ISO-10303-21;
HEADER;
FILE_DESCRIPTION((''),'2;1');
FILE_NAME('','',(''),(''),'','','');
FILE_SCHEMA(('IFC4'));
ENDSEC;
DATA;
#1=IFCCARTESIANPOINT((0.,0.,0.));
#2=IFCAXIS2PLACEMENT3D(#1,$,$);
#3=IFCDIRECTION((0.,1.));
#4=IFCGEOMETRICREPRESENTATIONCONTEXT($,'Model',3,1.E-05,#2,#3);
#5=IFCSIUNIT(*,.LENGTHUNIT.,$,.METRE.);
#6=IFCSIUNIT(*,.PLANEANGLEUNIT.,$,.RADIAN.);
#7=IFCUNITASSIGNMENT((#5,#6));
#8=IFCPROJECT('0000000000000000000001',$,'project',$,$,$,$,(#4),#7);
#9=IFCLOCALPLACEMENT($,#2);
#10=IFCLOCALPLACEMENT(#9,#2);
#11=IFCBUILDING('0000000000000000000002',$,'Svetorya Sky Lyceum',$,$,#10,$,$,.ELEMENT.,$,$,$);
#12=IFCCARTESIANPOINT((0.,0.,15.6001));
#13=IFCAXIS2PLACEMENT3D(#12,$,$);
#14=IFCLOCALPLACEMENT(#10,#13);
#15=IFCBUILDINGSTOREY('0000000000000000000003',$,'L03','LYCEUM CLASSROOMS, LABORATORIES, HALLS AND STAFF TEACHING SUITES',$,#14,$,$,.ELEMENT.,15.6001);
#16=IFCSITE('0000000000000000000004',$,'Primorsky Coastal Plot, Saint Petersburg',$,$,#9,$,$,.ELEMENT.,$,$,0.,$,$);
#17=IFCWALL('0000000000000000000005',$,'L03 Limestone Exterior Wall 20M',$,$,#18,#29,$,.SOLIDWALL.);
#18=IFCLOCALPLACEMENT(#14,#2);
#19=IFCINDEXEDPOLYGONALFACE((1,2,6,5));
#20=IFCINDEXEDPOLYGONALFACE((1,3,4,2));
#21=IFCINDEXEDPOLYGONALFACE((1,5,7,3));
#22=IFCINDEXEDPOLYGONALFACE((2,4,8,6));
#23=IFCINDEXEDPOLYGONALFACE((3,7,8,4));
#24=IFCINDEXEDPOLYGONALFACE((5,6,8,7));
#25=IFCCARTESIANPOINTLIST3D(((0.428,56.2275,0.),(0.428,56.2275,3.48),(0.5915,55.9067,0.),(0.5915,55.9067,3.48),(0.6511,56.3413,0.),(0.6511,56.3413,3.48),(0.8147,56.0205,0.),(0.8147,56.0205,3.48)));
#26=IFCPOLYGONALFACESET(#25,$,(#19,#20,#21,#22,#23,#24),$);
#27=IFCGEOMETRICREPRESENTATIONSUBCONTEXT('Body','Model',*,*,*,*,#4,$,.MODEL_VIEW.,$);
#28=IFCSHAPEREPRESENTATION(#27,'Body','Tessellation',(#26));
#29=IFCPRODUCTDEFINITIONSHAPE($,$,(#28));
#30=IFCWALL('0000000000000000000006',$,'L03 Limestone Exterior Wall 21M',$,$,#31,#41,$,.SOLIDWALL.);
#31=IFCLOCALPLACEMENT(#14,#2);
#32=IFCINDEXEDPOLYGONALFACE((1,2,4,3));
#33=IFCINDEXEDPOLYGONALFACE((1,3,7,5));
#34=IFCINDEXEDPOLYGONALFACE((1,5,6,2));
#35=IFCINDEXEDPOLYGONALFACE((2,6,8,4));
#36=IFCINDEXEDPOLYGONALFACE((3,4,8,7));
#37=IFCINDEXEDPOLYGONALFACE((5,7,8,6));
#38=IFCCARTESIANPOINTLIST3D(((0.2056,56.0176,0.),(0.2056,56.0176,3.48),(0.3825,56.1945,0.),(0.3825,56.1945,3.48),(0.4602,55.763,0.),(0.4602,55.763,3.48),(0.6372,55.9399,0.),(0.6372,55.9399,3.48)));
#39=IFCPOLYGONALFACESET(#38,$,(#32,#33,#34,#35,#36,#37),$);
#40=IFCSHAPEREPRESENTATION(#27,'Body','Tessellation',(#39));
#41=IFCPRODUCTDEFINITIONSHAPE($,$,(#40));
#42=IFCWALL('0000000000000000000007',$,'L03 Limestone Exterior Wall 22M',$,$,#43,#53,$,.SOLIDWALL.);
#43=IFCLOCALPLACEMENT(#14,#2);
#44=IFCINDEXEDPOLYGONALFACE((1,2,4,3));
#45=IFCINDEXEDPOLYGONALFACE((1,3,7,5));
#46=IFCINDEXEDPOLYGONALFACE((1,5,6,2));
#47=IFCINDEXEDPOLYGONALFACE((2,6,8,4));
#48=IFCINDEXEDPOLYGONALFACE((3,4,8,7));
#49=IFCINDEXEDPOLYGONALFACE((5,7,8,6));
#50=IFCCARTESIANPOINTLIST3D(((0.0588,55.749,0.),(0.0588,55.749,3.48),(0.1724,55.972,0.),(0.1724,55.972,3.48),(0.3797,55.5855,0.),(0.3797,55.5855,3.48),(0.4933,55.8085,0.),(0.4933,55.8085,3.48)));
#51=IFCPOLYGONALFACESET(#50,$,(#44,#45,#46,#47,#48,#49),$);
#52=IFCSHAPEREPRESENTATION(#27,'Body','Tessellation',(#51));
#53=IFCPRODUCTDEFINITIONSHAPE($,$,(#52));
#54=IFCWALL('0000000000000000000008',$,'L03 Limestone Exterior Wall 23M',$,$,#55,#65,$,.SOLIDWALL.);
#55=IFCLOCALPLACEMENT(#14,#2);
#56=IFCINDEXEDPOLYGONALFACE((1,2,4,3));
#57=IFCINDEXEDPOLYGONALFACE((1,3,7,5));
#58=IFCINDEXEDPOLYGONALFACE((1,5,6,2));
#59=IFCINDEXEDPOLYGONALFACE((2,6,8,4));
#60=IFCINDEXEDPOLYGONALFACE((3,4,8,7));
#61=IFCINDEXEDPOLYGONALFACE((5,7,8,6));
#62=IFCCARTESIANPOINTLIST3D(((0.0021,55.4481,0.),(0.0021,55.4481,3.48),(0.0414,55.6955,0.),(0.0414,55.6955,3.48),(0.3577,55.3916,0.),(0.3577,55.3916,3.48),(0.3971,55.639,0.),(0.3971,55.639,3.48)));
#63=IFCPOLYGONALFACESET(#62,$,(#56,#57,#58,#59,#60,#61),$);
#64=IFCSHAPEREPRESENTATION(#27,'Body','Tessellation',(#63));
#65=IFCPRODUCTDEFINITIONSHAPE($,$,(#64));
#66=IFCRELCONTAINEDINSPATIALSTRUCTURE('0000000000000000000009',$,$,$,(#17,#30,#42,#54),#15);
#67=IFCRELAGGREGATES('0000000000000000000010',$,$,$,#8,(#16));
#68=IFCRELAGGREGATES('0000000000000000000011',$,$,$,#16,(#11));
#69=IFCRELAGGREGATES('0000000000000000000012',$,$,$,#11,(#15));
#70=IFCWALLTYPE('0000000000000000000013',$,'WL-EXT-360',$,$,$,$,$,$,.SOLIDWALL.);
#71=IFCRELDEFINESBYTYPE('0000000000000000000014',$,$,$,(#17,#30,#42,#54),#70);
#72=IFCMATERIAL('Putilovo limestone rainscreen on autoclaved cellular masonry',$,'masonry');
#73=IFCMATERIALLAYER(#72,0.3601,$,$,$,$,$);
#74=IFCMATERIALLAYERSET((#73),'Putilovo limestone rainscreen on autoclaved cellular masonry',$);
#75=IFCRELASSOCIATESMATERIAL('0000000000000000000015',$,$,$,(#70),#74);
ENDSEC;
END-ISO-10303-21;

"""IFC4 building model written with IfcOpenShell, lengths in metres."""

from ifc_helpers import new_model, si_unit, direction, frame, frame_2d, origin, place, context, subcontext, project, spatial, rectangle, extrude, material, layer, layer_set, type_object, element, save


model = new_model("IFC4")

# Units and contexts
model_context = context("Model", 3, precision=1e-05, world=origin(), true_north=direction((0.0, 1.0)))
body_context = subcontext(model_context, "Body", "Model", "MODEL_VIEW")
ifc_project = project(units=[si_unit("LENGTHUNIT", "METRE"), si_unit("PLANEANGLEUNIT", "RADIAN")], contexts=[model_context])

# Site, building, storey
site_placement = place(None, origin())
site = spatial("IfcSite", under=ifc_project, at=site_placement, Name="Primorsky Coastal Plot, Saint Petersburg", CompositionType="ELEMENT", RefElevation=0.0)
building_placement = place(site_placement, origin())
building = spatial("IfcBuilding", under=site, at=building_placement, Name="Svetorya Sky Lyceum", CompositionType="ELEMENT")
storey_placement = place(building_placement, frame((0.0, 0.0, 15.6001)))
storey = spatial("IfcBuildingStorey", under=building, at=storey_placement, Name="L03", Description="LYCEUM CLASSROOMS, LABORATORIES, HALLS AND STAFF TEACHING SUITES", CompositionType="ELEMENT", Elevation=15.6001)

# Walls
ifc_material_1 = material(Name="Putilovo limestone rainscreen on autoclaved cellular masonry", Category="masonry")
ifc_layer_1 = layer(ifc_material_1, 0.3601)
ifc_layer_set_1 = layer_set([ifc_layer_1], Name="Putilovo limestone rainscreen on autoclaved cellular masonry")
wall_type_1 = type_object("IfcWallType", Name="WL-EXT-360", PredefinedType="SOLIDWALL", material=ifc_layer_set_1)
wall_1_placement = place(storey_placement, frame((0.7329, 56.1809, 0.0), z_axis=(0.0, 0.0, 1.0), x_axis=(-0.890891, -0.454218, 0.0)))
element("IfcWall", 1, at=wall_1_placement, inside=storey, type_object=wall_type_1, Name="L03 Limestone Exterior Wall 20M", PredefinedType="SOLIDWALL", context=body_context, shape_type="SweptSolid", body=[
    extrude(rectangle(XDim=0.2505, YDim=0.3601, at=frame_2d((0.1252, 0.0))), origin(), (0.0, 0.0, 1.0), 3.48),
])
for number, where, z_axis, x_axis, name in (
    (2, (0.5098, 56.0671, 0.0), (0.0, 0.0, 1.0), (-0.707107, -0.707107, 0.0), "L03 Limestone Exterior Wall 21M"),
    (3, (0.3328, 55.8901, 0.0), (0.0, 0.0, 1.0), (-0.453838, -0.891084, 0.0), "L03 Limestone Exterior Wall 22M"),
):
    element("IfcWall", number, at=place(storey_placement, frame(where, z_axis=z_axis, x_axis=x_axis)), inside=storey, type_object=wall_type_1, Name=name, PredefinedType="SOLIDWALL", context=body_context, shape_type="SweptSolid", body=[
        extrude(rectangle(XDim=0.2502, YDim=0.3601, at=frame_2d((0.125, 0.0))), origin(), (0.0, 0.0, 1.0), 3.48),
    ])
wall_2_placement = place(storey_placement, frame((0.2192, 55.6672, 0.0), z_axis=(0.0, 0.0, 1.0), x_axis=(-0.156964, -0.987604, 0.0)))
element("IfcWall", 4, at=wall_2_placement, inside=storey, type_object=wall_type_1, Name="L03 Limestone Exterior Wall 23M", PredefinedType="SOLIDWALL", context=body_context, shape_type="SweptSolid", body=[
    extrude(rectangle(XDim=0.2505, YDim=0.3601, at=frame_2d((0.1252, 0.0))), origin(), (0.0, 0.0, 1.0), 3.48),
])

save(model, "model.ifc")
